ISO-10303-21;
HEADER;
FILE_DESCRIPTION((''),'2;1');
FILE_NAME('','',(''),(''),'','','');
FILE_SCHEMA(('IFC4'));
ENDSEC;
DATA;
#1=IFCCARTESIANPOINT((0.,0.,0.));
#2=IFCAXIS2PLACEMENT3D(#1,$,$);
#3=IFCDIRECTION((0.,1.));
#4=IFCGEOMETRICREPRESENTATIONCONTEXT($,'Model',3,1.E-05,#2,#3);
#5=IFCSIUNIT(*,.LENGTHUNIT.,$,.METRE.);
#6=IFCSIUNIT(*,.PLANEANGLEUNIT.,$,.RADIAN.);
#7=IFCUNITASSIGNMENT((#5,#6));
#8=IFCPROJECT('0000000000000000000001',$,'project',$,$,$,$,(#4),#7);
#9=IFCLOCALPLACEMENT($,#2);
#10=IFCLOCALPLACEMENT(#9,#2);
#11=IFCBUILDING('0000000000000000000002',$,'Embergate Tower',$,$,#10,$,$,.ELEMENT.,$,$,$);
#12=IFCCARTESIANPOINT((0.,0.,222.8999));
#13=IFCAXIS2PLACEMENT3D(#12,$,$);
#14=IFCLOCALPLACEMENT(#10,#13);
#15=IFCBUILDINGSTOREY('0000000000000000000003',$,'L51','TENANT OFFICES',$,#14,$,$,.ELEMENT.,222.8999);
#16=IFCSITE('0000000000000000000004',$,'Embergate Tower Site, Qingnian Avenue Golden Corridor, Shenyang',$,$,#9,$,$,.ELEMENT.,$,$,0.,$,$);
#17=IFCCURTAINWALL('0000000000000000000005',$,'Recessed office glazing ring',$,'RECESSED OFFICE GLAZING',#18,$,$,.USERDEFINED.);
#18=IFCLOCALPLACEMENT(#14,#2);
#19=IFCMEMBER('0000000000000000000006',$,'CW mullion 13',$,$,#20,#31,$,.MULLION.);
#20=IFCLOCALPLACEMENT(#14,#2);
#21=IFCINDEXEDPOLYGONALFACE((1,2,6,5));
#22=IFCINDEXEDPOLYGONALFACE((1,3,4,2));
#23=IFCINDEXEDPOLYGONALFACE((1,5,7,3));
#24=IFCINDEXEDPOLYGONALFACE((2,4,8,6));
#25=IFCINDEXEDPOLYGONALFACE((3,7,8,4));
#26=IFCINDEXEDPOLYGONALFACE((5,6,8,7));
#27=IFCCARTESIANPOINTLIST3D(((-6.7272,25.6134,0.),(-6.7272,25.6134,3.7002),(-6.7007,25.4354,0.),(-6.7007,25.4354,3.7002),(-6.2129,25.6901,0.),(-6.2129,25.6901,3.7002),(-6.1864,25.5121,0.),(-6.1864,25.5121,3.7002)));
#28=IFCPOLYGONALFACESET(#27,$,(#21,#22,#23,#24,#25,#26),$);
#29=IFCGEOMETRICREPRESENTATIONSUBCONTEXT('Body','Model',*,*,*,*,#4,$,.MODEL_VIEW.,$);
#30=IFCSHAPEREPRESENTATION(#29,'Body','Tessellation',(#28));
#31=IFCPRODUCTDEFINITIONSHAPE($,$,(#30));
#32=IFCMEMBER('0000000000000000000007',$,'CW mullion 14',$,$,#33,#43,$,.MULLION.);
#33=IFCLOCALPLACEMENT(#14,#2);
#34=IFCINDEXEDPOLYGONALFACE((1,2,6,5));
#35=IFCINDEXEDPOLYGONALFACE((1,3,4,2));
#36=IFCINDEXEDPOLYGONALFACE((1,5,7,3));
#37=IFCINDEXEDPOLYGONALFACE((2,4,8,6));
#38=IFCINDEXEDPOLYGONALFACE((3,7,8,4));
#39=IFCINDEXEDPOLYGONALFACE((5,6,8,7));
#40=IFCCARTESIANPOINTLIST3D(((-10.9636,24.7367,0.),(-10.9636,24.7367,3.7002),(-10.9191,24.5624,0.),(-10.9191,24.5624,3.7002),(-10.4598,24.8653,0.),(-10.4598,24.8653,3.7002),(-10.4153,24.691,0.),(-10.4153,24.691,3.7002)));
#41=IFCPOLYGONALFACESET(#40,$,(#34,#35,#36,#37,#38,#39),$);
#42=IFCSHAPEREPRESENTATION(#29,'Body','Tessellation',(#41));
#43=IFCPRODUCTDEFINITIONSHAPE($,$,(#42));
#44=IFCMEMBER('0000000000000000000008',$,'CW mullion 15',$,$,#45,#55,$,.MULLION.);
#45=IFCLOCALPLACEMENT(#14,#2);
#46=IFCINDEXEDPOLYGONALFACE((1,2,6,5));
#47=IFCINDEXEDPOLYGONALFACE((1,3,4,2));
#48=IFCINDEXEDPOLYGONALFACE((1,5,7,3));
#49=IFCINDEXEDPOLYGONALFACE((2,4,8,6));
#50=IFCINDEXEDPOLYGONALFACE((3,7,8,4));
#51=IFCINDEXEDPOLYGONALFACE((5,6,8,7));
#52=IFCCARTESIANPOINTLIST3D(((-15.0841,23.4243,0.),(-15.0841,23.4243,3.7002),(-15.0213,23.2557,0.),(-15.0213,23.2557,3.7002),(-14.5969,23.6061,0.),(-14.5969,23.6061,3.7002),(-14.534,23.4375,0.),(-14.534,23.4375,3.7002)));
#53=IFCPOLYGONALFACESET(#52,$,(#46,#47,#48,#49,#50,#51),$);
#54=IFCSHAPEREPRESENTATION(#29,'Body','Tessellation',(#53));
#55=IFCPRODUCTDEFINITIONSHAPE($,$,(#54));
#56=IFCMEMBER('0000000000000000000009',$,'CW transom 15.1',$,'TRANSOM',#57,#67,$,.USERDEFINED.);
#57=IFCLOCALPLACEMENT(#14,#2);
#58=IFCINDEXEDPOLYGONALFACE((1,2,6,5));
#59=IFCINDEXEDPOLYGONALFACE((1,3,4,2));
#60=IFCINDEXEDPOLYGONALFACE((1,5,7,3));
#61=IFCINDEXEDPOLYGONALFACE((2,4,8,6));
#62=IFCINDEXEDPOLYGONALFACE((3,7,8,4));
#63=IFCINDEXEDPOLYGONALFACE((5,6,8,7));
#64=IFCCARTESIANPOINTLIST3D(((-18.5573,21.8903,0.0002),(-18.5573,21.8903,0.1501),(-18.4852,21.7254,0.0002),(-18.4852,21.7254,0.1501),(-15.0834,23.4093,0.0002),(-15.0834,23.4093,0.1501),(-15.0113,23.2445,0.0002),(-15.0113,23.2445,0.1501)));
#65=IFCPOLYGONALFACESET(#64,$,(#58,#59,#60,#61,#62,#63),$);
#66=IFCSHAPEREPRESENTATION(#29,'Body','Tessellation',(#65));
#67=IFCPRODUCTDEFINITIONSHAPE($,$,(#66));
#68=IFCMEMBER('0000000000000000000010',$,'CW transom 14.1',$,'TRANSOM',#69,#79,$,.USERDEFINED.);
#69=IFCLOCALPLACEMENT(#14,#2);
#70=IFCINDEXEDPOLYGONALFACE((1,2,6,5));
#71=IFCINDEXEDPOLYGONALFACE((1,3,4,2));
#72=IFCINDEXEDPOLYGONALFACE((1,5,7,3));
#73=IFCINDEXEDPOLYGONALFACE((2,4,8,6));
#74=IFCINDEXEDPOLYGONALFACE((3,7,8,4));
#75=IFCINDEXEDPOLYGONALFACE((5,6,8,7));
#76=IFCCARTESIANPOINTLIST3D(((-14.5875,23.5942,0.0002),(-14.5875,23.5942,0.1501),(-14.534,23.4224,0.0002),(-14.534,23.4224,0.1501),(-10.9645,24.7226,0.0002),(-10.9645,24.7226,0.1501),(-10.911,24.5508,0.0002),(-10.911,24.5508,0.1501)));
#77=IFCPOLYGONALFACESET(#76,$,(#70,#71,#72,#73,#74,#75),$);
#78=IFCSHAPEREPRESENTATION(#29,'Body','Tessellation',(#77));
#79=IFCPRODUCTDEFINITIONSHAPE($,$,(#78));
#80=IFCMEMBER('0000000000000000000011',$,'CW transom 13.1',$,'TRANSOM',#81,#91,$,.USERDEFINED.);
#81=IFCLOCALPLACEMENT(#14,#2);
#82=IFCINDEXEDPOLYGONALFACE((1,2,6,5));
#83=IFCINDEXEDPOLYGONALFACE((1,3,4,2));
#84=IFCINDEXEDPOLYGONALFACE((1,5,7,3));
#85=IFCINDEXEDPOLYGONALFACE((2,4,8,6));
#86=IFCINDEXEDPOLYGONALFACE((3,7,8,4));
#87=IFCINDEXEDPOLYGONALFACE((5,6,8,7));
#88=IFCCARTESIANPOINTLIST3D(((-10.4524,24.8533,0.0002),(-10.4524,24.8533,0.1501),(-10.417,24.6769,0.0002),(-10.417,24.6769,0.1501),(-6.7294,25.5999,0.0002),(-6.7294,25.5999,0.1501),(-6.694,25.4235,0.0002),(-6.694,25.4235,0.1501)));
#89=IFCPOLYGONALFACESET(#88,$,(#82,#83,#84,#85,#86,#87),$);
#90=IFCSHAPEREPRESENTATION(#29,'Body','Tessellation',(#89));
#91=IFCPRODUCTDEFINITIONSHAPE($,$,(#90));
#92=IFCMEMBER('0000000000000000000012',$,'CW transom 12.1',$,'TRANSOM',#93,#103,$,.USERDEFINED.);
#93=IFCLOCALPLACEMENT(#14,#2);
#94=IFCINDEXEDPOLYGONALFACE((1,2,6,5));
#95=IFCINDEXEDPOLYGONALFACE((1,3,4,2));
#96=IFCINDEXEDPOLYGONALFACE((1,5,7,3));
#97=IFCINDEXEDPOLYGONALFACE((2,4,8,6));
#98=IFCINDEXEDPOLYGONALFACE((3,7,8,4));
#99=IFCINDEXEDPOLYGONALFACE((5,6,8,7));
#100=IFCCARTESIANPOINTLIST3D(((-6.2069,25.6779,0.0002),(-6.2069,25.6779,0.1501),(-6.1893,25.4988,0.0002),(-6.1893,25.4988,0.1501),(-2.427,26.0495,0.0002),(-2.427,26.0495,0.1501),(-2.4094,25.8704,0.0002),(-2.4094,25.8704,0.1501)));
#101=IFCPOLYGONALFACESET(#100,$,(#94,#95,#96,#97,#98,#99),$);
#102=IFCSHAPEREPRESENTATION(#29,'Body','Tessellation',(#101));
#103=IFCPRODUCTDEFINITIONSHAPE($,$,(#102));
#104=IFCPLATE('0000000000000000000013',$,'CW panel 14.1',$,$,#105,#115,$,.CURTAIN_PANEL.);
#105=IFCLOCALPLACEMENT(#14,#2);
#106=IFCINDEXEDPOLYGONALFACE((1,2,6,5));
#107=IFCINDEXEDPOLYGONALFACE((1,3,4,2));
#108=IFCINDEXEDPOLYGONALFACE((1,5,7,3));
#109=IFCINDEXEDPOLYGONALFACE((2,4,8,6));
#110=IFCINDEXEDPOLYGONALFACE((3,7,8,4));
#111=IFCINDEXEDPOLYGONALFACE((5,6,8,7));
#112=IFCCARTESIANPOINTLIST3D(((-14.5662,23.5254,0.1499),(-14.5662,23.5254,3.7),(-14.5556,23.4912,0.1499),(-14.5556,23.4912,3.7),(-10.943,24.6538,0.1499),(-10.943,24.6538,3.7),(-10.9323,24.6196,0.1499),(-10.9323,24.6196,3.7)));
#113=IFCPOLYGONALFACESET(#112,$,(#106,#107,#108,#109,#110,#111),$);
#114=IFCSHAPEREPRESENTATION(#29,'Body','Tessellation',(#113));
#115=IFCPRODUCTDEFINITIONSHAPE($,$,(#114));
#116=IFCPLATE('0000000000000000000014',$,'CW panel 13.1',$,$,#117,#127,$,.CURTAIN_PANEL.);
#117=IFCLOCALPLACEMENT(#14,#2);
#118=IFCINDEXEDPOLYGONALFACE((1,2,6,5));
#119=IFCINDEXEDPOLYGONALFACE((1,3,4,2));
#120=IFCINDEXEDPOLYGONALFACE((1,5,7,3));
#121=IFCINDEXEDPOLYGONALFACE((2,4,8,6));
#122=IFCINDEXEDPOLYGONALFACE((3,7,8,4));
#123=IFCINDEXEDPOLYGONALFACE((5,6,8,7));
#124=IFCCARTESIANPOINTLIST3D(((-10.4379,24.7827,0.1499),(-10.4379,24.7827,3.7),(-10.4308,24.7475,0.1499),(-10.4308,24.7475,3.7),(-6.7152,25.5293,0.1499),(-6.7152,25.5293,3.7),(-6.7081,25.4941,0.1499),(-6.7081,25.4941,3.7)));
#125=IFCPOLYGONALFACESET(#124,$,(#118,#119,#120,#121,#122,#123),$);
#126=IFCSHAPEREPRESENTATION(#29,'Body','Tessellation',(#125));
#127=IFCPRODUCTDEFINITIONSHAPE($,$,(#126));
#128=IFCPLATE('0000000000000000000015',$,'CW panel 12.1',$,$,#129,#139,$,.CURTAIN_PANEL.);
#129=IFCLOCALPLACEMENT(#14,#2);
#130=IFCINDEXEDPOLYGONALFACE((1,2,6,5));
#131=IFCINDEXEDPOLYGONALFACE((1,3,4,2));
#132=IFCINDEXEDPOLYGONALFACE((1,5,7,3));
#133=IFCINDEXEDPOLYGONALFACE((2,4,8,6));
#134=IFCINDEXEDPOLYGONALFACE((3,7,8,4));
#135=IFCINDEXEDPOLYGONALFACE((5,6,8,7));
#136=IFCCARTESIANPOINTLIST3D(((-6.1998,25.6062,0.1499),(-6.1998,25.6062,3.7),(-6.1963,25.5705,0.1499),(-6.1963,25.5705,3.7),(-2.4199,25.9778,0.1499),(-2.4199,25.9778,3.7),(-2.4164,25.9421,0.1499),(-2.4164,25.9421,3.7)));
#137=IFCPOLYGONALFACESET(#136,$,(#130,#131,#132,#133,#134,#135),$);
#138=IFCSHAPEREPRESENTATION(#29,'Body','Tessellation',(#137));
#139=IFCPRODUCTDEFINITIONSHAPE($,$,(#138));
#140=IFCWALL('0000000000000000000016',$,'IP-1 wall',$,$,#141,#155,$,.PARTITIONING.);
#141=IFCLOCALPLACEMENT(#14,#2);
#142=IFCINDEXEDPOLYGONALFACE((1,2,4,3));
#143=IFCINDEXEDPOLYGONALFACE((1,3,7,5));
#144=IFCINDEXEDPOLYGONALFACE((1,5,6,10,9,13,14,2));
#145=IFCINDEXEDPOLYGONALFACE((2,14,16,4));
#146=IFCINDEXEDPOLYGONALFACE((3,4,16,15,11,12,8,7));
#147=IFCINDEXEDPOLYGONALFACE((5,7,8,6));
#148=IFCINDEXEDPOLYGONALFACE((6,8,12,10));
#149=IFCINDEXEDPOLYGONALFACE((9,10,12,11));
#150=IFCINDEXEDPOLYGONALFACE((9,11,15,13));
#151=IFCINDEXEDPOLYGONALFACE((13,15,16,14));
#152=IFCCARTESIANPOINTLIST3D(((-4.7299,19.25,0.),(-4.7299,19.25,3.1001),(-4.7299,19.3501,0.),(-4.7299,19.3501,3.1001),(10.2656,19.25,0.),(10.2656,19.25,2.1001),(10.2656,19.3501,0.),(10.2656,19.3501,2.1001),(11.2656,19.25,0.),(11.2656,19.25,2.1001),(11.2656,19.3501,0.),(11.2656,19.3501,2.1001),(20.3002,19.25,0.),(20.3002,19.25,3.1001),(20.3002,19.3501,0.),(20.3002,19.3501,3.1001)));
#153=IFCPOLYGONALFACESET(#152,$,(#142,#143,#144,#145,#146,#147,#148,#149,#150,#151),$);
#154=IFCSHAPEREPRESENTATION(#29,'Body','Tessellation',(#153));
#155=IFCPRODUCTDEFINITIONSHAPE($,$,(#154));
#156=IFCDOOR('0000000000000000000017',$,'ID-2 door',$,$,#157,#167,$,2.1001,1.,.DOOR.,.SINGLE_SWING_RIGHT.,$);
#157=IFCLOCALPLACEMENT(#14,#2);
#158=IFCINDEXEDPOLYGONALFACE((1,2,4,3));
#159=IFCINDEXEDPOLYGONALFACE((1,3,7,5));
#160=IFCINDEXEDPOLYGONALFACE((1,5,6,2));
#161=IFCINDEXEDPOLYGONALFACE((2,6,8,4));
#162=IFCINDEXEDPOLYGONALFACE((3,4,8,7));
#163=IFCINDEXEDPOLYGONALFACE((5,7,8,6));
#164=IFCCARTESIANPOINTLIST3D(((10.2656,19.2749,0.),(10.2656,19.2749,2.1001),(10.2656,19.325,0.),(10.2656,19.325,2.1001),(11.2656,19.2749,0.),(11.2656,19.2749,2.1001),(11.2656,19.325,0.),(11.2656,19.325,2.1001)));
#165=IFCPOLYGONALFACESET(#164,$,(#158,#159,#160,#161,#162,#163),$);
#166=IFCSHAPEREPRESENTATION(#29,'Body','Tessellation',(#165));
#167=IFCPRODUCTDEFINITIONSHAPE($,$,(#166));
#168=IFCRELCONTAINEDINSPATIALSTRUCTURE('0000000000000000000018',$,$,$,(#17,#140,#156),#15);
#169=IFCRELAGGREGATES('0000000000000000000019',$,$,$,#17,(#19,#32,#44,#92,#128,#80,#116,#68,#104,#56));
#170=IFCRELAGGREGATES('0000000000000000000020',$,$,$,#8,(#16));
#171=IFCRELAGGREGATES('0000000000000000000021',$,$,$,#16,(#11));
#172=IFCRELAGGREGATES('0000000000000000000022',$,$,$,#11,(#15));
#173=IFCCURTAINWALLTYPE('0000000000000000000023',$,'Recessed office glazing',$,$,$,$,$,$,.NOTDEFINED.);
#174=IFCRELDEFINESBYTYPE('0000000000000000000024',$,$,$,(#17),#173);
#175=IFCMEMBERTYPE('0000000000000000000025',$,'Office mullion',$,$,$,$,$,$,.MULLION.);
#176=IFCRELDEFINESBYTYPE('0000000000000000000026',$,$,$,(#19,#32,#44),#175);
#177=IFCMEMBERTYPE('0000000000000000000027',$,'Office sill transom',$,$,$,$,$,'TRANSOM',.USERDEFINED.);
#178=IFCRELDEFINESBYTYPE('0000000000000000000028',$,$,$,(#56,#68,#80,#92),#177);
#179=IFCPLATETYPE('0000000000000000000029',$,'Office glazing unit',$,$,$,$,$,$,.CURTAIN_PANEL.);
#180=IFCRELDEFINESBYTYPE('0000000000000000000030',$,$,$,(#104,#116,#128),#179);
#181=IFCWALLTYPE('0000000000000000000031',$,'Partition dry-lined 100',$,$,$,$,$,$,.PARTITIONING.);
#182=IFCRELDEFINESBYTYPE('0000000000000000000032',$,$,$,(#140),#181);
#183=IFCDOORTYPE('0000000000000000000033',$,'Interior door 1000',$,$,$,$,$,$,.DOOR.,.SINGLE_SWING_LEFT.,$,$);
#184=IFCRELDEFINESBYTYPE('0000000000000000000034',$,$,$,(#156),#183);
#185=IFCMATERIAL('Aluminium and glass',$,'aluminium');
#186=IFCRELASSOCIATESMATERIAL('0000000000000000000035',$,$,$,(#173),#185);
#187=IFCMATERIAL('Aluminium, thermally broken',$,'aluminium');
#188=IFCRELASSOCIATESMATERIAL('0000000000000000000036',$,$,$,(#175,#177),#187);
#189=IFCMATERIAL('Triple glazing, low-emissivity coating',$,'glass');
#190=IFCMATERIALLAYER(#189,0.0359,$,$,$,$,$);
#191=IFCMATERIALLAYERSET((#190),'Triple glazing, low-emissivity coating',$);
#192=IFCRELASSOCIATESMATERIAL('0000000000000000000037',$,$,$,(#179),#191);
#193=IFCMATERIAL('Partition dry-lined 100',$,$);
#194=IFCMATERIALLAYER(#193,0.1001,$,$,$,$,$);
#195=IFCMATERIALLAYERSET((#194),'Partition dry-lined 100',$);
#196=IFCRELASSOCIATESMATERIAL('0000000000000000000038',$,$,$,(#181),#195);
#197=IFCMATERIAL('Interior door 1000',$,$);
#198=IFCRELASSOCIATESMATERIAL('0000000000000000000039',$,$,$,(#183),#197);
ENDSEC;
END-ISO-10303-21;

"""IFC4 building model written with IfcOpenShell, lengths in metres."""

from ifc_helpers import new_model, si_unit, direction, frame, frame_2d, origin, origin_2d, place, context, subcontext, project, spatial, rectangle, extrude, source, transform, mapped, material, layer, layer_set, material_profile, profile_set, type_object, element, fill, aggregate, save


model = new_model("IFC4")

# Units and contexts
model_context = context("Model", 3, precision=1e-05, world=origin(), true_north=direction((0.0, 1.0)))
body_context = subcontext(model_context, "Body", "Model", "MODEL_VIEW")
ifc_project = project(units=[si_unit("LENGTHUNIT", "METRE"), si_unit("PLANEANGLEUNIT", "RADIAN")], contexts=[model_context])

# Site, building, storey
site_placement = place(None, origin())
site = spatial("IfcSite", under=ifc_project, at=site_placement, Name="Embergate Tower Site, Qingnian Avenue Golden Corridor, Shenyang", CompositionType="ELEMENT", RefElevation=0.0)
building_placement = place(site_placement, origin())
building = spatial("IfcBuilding", under=site, at=building_placement, Name="Embergate Tower", CompositionType="ELEMENT")
storey_placement = place(building_placement, frame((0.0, 0.0, 222.8999)))
storey = spatial("IfcBuildingStorey", under=building, at=storey_placement, Name="L51", Description="TENANT OFFICES", CompositionType="ELEMENT", Elevation=222.8999)

# Curtain wall, members, plates
ifc_material_1 = material(Name="Aluminium and glass", Category="aluminium")
curtain_wall_type = type_object("IfcCurtainWallType", Name="Recessed office glazing", PredefinedType="NOTDEFINED", material=ifc_material_1)
curtain_wall_placement = place(storey_placement, origin())
curtain_wall = element("IfcCurtainWall", 1, at=curtain_wall_placement, inside=storey, type_object=curtain_wall_type, Name="Recessed office glazing ring", ObjectType="RECESSED OFFICE GLAZING", PredefinedType="USERDEFINED")
ifc_material_2 = material(Name="Aluminium, thermally broken", Category="aluminium")
ifc_material_profile_1 = material_profile(ifc_material_2, rectangle(XDim=0.1799, YDim=0.52, at=origin_2d()), Name="AL 520x180")
ifc_profile_set_1 = profile_set([ifc_material_profile_1], Name="Aluminium, thermally broken")
member_type_1 = type_object("IfcMemberType", Name="Office mullion", PredefinedType="MULLION", material=ifc_profile_set_1)
shared_shape_1 = source(origin(), body_context, "Body", "SweptSolid", [
    extrude(rectangle(XDim=0.1799, YDim=0.52, at=origin_2d()), origin(), (0.0, 0.0, 1.0), 3.7002),
])
member_1_placement = place(storey_placement, frame((-6.4568, 25.5627, 0.0), z_axis=(0.0, 0.0, 1.0), x_axis=(0.147414, -0.989075, 0.0)))
member_1 = element("IfcMember", 2, at=member_1_placement, type_object=member_type_1, Name="CW mullion 13", PredefinedType="MULLION", context=body_context, shape_type="MappedRepresentation", body=[
    mapped(shared_shape_1, transform((0.0, 0.0, 0.0))),
])
member_2_placement = place(storey_placement, frame((-10.6895, 24.7139, 0.0), z_axis=(0.0, 0.0, 1.0), x_axis=(0.247314, -0.968935, 0.0)))
member_2 = element("IfcMember", 3, at=member_2_placement, type_object=member_type_1, Name="CW mullion 14", PredefinedType="MULLION", context=body_context, shape_type="MappedRepresentation", body=[
    mapped(shared_shape_1, transform((0.0, 0.0, 0.0))),
])
member_3_placement = place(storey_placement, frame((-14.8091, 23.4309, 0.0), z_axis=(0.0, 0.0, 1.0), x_axis=(0.349504, -0.936935, 0.0)))
member_3 = element("IfcMember", 4, at=member_3_placement, type_object=member_type_1, Name="CW mullion 15", PredefinedType="MULLION", context=body_context, shape_type="MappedRepresentation", body=[
    mapped(shared_shape_1, transform((0.0, 0.0, 0.0))),
])
ifc_material_profile_2 = material_profile(ifc_material_2, rectangle(XDim=0.1799, YDim=0.1499, at=origin_2d()), Name="AL 150x180")
ifc_profile_set_2 = profile_set([ifc_material_profile_2], Name="Aluminium, thermally broken")
member_type_2 = type_object("IfcMemberType", Name="Office sill transom", ElementType="TRANSOM", PredefinedType="USERDEFINED", material=ifc_profile_set_2)
shared_shape_2 = source(origin(), body_context, "Body", "SweptSolid", [
    extrude(rectangle(XDim=0.1799, YDim=0.1499, at=origin_2d()), origin(), (0.0, 0.0, 1.0), 3.7915),
])
member_4_placement = place(storey_placement, frame((-15.0474, 23.3269, 0.0752), z_axis=(-0.916233, -0.400647, 0.0), x_axis=(0.400647, -0.916233, 0.0)))
member_4 = element("IfcMember", 5, at=member_4_placement, type_object=member_type_2, Name="CW transom 15.1", ObjectType="TRANSOM", PredefinedType="USERDEFINED", context=body_context, shape_type="MappedRepresentation", body=[
    mapped(shared_shape_2, transform((0.0, 0.0, 0.0))),
])
shared_shape_3 = source(origin(), body_context, "Body", "SweptSolid", [
    extrude(rectangle(XDim=0.1799, YDim=0.1499, at=origin_2d()), origin(), (0.0, 0.0, 1.0), 3.7947),
])
member_5_placement = place(storey_placement, frame((-10.9377, 24.6367, 0.0752), z_axis=(-0.954763, -0.297366, 0.0), x_axis=(0.297366, -0.954763, 0.0)))
member_5 = element("IfcMember", 6, at=member_5_placement, type_object=member_type_2, Name="CW transom 14.1", ObjectType="TRANSOM", PredefinedType="USERDEFINED", context=body_context, shape_type="MappedRepresentation", body=[
    mapped(shared_shape_3, transform((0.0, 0.0, 0.0))),
])
shared_shape_4 = source(origin(), body_context, "Body", "SweptSolid", [
    extrude(rectangle(XDim=0.1799, YDim=0.1499, at=origin_2d()), origin(), (0.0, 0.0, 1.0), 3.7971),
])
member_6_placement = place(storey_placement, frame((-6.7117, 25.5117, 0.0752), z_axis=(-0.980479, -0.196623, 0.0), x_axis=(0.196623, -0.980479, 0.0)))
member_6 = element("IfcMember", 7, at=member_6_placement, type_object=member_type_2, Name="CW transom 13.1", ObjectType="TRANSOM", PredefinedType="USERDEFINED", context=body_context, shape_type="MappedRepresentation", body=[
    mapped(shared_shape_4, transform((0.0, 0.0, 0.0))),
])
shared_shape_5 = source(origin(), body_context, "Body", "SweptSolid", [
    extrude(rectangle(XDim=0.1799, YDim=0.1499, at=origin_2d()), origin(), (0.0, 0.0, 1.0), 3.7981),
])
member_7_placement = place(storey_placement, frame((-2.4182, 25.96, 0.0752), z_axis=(-0.995203, -0.097836, 0.0), x_axis=(0.097836, -0.995203, 0.0)))
member_7 = element("IfcMember", 8, at=member_7_placement, type_object=member_type_2, Name="CW transom 12.1", ObjectType="TRANSOM", PredefinedType="USERDEFINED", context=body_context, shape_type="MappedRepresentation", body=[
    mapped(shared_shape_5, transform((0.0, 0.0, 0.0))),
])
ifc_material_3 = material(Name="Triple glazing, low-emissivity coating", Category="glass")
ifc_layer_1 = layer(ifc_material_3, 0.0359)
ifc_layer_set_1 = layer_set([ifc_layer_1], Name="Triple glazing, low-emissivity coating")
plate_type = type_object("IfcPlateType", Name="Office glazing unit", PredefinedType="CURTAIN_PANEL", material=ifc_layer_set_1)
shared_shape_6 = source(origin(), body_context, "Body", "SweptSolid", [
    extrude(rectangle(XDim=3.7949, YDim=0.0359, at=origin_2d()), origin(), (0.0, 0.0, 1.0), 3.55),
])
plate_1_placement = place(storey_placement, frame((-12.7493, 24.0725, 0.1499), z_axis=(0.0, 0.0, 1.0), x_axis=(-0.954771, -0.297343, 0.0)))
plate_1 = element("IfcPlate", 9, at=plate_1_placement, type_object=plate_type, Name="CW panel 14.1", PredefinedType="CURTAIN_PANEL", context=body_context, shape_type="MappedRepresentation", body=[
    mapped(shared_shape_6, transform((0.0, 0.0, 0.0))),
])
shared_shape_7 = source(origin(), body_context, "Body", "SweptSolid", [
    extrude(rectangle(XDim=3.7969, YDim=0.0359, at=origin_2d()), origin(), (0.0, 0.0, 1.0), 3.55),
])
plate_2_placement = place(storey_placement, frame((-8.573, 25.1384, 0.1499), z_axis=(0.0, 0.0, 1.0), x_axis=(-0.980475, -0.196643, 0.0)))
plate_2 = element("IfcPlate", 10, at=plate_2_placement, type_object=plate_type, Name="CW panel 13.1", PredefinedType="CURTAIN_PANEL", context=body_context, shape_type="MappedRepresentation", body=[
    mapped(shared_shape_7, transform((0.0, 0.0, 0.0))),
])
shared_shape_8 = source(origin(), body_context, "Body", "SweptSolid", [
    extrude(rectangle(XDim=3.7981, YDim=0.0359, at=origin_2d()), origin(), (0.0, 0.0, 1.0), 3.55),
])
plate_3_placement = place(storey_placement, frame((-4.3081, 25.7742, 0.1499), z_axis=(0.0, 0.0, 1.0), x_axis=(-0.995203, -0.097831, 0.0)))
plate_3 = element("IfcPlate", 11, at=plate_3_placement, type_object=plate_type, Name="CW panel 12.1", PredefinedType="CURTAIN_PANEL", context=body_context, shape_type="MappedRepresentation", body=[
    mapped(shared_shape_8, transform((0.0, 0.0, 0.0))),
])
aggregate(curtain_wall, [member_1, member_2, member_3, member_7, plate_3, member_6, plate_2, member_5, plate_1, member_4])

# Wall, opening, door
ifc_material_4 = material(Name="Partition dry-lined 100")
ifc_layer_2 = layer(ifc_material_4, 0.1001)
ifc_layer_set_2 = layer_set([ifc_layer_2], Name="Partition dry-lined 100")
wall_type = type_object("IfcWallType", Name="Partition dry-lined 100", PredefinedType="PARTITIONING", material=ifc_layer_set_2)
shared_shape_9 = source(origin(), body_context, "Body", "SweptSolid", [
    extrude(rectangle(XDim=25.03, YDim=0.1001, at=frame_2d((12.5151, 0.0))), origin(), (0.0, 0.0, 1.0), 3.1001),
])
wall_1_placement = place(storey_placement, frame((-4.73, 19.3, 0.0), z_axis=(0.0, 0.0, 1.0), x_axis=(1.0, 0.0, 0.0)))
wall_1 = element("IfcWall", 12, at=wall_1_placement, inside=storey, type_object=wall_type, Name="IP-1 wall", PredefinedType="PARTITIONING", context=body_context, shape_type="MappedRepresentation", body=[
    mapped(shared_shape_9, transform((0.0, 0.0, 0.0))),
])
shared_shape_10 = source(origin(), body_context, "Body", "SweptSolid", [
    extrude(rectangle(XDim=1.0, YDim=2.1001, at=frame_2d((0.5, 1.05))), frame((0.0, 0.0601, 0.0), z_axis=(0.0, -1.0, 0.0), x_axis=(1.0, 0.0, 0.0)), (0.0, 0.0, 1.0), 0.1201),
])
opening_placement = place(wall_1_placement, frame((14.9956, 0.0, 0.0)))
opening = element("IfcOpeningElement", 13, at=opening_placement, cuts=wall_1, PredefinedType="OPENING", context=body_context, shape_type="MappedRepresentation", body=[
    mapped(shared_shape_10, transform((0.0, 0.0, 0.0))),
])
ifc_material_5 = material(Name="Interior door 1000")
door_type = type_object("IfcDoorType", Name="Interior door 1000", OperationType="SINGLE_SWING_LEFT", PredefinedType="DOOR", material=ifc_material_5)
shared_shape_11 = source(origin(), body_context, "Body", "SweptSolid", [
    extrude(rectangle(XDim=1.0, YDim=2.1001, at=frame_2d((0.5, 1.05))), frame((0.0, 0.0249, 0.0), z_axis=(0.0, -1.0, 0.0), x_axis=(1.0, 0.0, 0.0)), (0.0, 0.0, 1.0), 0.05),
])
door_placement = place(opening_placement, origin())
door = element("IfcDoor", 14, at=door_placement, inside=storey, type_object=door_type, Name="ID-2 door", OperationType="SINGLE_SWING_RIGHT", OverallHeight=2.1001, OverallWidth=1.0, PredefinedType="DOOR", context=body_context, shape_type="MappedRepresentation", body=[
    mapped(shared_shape_11, transform((0.0, 0.0, 0.0))),
])
fill(opening, door)

save(model, "model.ifc")
